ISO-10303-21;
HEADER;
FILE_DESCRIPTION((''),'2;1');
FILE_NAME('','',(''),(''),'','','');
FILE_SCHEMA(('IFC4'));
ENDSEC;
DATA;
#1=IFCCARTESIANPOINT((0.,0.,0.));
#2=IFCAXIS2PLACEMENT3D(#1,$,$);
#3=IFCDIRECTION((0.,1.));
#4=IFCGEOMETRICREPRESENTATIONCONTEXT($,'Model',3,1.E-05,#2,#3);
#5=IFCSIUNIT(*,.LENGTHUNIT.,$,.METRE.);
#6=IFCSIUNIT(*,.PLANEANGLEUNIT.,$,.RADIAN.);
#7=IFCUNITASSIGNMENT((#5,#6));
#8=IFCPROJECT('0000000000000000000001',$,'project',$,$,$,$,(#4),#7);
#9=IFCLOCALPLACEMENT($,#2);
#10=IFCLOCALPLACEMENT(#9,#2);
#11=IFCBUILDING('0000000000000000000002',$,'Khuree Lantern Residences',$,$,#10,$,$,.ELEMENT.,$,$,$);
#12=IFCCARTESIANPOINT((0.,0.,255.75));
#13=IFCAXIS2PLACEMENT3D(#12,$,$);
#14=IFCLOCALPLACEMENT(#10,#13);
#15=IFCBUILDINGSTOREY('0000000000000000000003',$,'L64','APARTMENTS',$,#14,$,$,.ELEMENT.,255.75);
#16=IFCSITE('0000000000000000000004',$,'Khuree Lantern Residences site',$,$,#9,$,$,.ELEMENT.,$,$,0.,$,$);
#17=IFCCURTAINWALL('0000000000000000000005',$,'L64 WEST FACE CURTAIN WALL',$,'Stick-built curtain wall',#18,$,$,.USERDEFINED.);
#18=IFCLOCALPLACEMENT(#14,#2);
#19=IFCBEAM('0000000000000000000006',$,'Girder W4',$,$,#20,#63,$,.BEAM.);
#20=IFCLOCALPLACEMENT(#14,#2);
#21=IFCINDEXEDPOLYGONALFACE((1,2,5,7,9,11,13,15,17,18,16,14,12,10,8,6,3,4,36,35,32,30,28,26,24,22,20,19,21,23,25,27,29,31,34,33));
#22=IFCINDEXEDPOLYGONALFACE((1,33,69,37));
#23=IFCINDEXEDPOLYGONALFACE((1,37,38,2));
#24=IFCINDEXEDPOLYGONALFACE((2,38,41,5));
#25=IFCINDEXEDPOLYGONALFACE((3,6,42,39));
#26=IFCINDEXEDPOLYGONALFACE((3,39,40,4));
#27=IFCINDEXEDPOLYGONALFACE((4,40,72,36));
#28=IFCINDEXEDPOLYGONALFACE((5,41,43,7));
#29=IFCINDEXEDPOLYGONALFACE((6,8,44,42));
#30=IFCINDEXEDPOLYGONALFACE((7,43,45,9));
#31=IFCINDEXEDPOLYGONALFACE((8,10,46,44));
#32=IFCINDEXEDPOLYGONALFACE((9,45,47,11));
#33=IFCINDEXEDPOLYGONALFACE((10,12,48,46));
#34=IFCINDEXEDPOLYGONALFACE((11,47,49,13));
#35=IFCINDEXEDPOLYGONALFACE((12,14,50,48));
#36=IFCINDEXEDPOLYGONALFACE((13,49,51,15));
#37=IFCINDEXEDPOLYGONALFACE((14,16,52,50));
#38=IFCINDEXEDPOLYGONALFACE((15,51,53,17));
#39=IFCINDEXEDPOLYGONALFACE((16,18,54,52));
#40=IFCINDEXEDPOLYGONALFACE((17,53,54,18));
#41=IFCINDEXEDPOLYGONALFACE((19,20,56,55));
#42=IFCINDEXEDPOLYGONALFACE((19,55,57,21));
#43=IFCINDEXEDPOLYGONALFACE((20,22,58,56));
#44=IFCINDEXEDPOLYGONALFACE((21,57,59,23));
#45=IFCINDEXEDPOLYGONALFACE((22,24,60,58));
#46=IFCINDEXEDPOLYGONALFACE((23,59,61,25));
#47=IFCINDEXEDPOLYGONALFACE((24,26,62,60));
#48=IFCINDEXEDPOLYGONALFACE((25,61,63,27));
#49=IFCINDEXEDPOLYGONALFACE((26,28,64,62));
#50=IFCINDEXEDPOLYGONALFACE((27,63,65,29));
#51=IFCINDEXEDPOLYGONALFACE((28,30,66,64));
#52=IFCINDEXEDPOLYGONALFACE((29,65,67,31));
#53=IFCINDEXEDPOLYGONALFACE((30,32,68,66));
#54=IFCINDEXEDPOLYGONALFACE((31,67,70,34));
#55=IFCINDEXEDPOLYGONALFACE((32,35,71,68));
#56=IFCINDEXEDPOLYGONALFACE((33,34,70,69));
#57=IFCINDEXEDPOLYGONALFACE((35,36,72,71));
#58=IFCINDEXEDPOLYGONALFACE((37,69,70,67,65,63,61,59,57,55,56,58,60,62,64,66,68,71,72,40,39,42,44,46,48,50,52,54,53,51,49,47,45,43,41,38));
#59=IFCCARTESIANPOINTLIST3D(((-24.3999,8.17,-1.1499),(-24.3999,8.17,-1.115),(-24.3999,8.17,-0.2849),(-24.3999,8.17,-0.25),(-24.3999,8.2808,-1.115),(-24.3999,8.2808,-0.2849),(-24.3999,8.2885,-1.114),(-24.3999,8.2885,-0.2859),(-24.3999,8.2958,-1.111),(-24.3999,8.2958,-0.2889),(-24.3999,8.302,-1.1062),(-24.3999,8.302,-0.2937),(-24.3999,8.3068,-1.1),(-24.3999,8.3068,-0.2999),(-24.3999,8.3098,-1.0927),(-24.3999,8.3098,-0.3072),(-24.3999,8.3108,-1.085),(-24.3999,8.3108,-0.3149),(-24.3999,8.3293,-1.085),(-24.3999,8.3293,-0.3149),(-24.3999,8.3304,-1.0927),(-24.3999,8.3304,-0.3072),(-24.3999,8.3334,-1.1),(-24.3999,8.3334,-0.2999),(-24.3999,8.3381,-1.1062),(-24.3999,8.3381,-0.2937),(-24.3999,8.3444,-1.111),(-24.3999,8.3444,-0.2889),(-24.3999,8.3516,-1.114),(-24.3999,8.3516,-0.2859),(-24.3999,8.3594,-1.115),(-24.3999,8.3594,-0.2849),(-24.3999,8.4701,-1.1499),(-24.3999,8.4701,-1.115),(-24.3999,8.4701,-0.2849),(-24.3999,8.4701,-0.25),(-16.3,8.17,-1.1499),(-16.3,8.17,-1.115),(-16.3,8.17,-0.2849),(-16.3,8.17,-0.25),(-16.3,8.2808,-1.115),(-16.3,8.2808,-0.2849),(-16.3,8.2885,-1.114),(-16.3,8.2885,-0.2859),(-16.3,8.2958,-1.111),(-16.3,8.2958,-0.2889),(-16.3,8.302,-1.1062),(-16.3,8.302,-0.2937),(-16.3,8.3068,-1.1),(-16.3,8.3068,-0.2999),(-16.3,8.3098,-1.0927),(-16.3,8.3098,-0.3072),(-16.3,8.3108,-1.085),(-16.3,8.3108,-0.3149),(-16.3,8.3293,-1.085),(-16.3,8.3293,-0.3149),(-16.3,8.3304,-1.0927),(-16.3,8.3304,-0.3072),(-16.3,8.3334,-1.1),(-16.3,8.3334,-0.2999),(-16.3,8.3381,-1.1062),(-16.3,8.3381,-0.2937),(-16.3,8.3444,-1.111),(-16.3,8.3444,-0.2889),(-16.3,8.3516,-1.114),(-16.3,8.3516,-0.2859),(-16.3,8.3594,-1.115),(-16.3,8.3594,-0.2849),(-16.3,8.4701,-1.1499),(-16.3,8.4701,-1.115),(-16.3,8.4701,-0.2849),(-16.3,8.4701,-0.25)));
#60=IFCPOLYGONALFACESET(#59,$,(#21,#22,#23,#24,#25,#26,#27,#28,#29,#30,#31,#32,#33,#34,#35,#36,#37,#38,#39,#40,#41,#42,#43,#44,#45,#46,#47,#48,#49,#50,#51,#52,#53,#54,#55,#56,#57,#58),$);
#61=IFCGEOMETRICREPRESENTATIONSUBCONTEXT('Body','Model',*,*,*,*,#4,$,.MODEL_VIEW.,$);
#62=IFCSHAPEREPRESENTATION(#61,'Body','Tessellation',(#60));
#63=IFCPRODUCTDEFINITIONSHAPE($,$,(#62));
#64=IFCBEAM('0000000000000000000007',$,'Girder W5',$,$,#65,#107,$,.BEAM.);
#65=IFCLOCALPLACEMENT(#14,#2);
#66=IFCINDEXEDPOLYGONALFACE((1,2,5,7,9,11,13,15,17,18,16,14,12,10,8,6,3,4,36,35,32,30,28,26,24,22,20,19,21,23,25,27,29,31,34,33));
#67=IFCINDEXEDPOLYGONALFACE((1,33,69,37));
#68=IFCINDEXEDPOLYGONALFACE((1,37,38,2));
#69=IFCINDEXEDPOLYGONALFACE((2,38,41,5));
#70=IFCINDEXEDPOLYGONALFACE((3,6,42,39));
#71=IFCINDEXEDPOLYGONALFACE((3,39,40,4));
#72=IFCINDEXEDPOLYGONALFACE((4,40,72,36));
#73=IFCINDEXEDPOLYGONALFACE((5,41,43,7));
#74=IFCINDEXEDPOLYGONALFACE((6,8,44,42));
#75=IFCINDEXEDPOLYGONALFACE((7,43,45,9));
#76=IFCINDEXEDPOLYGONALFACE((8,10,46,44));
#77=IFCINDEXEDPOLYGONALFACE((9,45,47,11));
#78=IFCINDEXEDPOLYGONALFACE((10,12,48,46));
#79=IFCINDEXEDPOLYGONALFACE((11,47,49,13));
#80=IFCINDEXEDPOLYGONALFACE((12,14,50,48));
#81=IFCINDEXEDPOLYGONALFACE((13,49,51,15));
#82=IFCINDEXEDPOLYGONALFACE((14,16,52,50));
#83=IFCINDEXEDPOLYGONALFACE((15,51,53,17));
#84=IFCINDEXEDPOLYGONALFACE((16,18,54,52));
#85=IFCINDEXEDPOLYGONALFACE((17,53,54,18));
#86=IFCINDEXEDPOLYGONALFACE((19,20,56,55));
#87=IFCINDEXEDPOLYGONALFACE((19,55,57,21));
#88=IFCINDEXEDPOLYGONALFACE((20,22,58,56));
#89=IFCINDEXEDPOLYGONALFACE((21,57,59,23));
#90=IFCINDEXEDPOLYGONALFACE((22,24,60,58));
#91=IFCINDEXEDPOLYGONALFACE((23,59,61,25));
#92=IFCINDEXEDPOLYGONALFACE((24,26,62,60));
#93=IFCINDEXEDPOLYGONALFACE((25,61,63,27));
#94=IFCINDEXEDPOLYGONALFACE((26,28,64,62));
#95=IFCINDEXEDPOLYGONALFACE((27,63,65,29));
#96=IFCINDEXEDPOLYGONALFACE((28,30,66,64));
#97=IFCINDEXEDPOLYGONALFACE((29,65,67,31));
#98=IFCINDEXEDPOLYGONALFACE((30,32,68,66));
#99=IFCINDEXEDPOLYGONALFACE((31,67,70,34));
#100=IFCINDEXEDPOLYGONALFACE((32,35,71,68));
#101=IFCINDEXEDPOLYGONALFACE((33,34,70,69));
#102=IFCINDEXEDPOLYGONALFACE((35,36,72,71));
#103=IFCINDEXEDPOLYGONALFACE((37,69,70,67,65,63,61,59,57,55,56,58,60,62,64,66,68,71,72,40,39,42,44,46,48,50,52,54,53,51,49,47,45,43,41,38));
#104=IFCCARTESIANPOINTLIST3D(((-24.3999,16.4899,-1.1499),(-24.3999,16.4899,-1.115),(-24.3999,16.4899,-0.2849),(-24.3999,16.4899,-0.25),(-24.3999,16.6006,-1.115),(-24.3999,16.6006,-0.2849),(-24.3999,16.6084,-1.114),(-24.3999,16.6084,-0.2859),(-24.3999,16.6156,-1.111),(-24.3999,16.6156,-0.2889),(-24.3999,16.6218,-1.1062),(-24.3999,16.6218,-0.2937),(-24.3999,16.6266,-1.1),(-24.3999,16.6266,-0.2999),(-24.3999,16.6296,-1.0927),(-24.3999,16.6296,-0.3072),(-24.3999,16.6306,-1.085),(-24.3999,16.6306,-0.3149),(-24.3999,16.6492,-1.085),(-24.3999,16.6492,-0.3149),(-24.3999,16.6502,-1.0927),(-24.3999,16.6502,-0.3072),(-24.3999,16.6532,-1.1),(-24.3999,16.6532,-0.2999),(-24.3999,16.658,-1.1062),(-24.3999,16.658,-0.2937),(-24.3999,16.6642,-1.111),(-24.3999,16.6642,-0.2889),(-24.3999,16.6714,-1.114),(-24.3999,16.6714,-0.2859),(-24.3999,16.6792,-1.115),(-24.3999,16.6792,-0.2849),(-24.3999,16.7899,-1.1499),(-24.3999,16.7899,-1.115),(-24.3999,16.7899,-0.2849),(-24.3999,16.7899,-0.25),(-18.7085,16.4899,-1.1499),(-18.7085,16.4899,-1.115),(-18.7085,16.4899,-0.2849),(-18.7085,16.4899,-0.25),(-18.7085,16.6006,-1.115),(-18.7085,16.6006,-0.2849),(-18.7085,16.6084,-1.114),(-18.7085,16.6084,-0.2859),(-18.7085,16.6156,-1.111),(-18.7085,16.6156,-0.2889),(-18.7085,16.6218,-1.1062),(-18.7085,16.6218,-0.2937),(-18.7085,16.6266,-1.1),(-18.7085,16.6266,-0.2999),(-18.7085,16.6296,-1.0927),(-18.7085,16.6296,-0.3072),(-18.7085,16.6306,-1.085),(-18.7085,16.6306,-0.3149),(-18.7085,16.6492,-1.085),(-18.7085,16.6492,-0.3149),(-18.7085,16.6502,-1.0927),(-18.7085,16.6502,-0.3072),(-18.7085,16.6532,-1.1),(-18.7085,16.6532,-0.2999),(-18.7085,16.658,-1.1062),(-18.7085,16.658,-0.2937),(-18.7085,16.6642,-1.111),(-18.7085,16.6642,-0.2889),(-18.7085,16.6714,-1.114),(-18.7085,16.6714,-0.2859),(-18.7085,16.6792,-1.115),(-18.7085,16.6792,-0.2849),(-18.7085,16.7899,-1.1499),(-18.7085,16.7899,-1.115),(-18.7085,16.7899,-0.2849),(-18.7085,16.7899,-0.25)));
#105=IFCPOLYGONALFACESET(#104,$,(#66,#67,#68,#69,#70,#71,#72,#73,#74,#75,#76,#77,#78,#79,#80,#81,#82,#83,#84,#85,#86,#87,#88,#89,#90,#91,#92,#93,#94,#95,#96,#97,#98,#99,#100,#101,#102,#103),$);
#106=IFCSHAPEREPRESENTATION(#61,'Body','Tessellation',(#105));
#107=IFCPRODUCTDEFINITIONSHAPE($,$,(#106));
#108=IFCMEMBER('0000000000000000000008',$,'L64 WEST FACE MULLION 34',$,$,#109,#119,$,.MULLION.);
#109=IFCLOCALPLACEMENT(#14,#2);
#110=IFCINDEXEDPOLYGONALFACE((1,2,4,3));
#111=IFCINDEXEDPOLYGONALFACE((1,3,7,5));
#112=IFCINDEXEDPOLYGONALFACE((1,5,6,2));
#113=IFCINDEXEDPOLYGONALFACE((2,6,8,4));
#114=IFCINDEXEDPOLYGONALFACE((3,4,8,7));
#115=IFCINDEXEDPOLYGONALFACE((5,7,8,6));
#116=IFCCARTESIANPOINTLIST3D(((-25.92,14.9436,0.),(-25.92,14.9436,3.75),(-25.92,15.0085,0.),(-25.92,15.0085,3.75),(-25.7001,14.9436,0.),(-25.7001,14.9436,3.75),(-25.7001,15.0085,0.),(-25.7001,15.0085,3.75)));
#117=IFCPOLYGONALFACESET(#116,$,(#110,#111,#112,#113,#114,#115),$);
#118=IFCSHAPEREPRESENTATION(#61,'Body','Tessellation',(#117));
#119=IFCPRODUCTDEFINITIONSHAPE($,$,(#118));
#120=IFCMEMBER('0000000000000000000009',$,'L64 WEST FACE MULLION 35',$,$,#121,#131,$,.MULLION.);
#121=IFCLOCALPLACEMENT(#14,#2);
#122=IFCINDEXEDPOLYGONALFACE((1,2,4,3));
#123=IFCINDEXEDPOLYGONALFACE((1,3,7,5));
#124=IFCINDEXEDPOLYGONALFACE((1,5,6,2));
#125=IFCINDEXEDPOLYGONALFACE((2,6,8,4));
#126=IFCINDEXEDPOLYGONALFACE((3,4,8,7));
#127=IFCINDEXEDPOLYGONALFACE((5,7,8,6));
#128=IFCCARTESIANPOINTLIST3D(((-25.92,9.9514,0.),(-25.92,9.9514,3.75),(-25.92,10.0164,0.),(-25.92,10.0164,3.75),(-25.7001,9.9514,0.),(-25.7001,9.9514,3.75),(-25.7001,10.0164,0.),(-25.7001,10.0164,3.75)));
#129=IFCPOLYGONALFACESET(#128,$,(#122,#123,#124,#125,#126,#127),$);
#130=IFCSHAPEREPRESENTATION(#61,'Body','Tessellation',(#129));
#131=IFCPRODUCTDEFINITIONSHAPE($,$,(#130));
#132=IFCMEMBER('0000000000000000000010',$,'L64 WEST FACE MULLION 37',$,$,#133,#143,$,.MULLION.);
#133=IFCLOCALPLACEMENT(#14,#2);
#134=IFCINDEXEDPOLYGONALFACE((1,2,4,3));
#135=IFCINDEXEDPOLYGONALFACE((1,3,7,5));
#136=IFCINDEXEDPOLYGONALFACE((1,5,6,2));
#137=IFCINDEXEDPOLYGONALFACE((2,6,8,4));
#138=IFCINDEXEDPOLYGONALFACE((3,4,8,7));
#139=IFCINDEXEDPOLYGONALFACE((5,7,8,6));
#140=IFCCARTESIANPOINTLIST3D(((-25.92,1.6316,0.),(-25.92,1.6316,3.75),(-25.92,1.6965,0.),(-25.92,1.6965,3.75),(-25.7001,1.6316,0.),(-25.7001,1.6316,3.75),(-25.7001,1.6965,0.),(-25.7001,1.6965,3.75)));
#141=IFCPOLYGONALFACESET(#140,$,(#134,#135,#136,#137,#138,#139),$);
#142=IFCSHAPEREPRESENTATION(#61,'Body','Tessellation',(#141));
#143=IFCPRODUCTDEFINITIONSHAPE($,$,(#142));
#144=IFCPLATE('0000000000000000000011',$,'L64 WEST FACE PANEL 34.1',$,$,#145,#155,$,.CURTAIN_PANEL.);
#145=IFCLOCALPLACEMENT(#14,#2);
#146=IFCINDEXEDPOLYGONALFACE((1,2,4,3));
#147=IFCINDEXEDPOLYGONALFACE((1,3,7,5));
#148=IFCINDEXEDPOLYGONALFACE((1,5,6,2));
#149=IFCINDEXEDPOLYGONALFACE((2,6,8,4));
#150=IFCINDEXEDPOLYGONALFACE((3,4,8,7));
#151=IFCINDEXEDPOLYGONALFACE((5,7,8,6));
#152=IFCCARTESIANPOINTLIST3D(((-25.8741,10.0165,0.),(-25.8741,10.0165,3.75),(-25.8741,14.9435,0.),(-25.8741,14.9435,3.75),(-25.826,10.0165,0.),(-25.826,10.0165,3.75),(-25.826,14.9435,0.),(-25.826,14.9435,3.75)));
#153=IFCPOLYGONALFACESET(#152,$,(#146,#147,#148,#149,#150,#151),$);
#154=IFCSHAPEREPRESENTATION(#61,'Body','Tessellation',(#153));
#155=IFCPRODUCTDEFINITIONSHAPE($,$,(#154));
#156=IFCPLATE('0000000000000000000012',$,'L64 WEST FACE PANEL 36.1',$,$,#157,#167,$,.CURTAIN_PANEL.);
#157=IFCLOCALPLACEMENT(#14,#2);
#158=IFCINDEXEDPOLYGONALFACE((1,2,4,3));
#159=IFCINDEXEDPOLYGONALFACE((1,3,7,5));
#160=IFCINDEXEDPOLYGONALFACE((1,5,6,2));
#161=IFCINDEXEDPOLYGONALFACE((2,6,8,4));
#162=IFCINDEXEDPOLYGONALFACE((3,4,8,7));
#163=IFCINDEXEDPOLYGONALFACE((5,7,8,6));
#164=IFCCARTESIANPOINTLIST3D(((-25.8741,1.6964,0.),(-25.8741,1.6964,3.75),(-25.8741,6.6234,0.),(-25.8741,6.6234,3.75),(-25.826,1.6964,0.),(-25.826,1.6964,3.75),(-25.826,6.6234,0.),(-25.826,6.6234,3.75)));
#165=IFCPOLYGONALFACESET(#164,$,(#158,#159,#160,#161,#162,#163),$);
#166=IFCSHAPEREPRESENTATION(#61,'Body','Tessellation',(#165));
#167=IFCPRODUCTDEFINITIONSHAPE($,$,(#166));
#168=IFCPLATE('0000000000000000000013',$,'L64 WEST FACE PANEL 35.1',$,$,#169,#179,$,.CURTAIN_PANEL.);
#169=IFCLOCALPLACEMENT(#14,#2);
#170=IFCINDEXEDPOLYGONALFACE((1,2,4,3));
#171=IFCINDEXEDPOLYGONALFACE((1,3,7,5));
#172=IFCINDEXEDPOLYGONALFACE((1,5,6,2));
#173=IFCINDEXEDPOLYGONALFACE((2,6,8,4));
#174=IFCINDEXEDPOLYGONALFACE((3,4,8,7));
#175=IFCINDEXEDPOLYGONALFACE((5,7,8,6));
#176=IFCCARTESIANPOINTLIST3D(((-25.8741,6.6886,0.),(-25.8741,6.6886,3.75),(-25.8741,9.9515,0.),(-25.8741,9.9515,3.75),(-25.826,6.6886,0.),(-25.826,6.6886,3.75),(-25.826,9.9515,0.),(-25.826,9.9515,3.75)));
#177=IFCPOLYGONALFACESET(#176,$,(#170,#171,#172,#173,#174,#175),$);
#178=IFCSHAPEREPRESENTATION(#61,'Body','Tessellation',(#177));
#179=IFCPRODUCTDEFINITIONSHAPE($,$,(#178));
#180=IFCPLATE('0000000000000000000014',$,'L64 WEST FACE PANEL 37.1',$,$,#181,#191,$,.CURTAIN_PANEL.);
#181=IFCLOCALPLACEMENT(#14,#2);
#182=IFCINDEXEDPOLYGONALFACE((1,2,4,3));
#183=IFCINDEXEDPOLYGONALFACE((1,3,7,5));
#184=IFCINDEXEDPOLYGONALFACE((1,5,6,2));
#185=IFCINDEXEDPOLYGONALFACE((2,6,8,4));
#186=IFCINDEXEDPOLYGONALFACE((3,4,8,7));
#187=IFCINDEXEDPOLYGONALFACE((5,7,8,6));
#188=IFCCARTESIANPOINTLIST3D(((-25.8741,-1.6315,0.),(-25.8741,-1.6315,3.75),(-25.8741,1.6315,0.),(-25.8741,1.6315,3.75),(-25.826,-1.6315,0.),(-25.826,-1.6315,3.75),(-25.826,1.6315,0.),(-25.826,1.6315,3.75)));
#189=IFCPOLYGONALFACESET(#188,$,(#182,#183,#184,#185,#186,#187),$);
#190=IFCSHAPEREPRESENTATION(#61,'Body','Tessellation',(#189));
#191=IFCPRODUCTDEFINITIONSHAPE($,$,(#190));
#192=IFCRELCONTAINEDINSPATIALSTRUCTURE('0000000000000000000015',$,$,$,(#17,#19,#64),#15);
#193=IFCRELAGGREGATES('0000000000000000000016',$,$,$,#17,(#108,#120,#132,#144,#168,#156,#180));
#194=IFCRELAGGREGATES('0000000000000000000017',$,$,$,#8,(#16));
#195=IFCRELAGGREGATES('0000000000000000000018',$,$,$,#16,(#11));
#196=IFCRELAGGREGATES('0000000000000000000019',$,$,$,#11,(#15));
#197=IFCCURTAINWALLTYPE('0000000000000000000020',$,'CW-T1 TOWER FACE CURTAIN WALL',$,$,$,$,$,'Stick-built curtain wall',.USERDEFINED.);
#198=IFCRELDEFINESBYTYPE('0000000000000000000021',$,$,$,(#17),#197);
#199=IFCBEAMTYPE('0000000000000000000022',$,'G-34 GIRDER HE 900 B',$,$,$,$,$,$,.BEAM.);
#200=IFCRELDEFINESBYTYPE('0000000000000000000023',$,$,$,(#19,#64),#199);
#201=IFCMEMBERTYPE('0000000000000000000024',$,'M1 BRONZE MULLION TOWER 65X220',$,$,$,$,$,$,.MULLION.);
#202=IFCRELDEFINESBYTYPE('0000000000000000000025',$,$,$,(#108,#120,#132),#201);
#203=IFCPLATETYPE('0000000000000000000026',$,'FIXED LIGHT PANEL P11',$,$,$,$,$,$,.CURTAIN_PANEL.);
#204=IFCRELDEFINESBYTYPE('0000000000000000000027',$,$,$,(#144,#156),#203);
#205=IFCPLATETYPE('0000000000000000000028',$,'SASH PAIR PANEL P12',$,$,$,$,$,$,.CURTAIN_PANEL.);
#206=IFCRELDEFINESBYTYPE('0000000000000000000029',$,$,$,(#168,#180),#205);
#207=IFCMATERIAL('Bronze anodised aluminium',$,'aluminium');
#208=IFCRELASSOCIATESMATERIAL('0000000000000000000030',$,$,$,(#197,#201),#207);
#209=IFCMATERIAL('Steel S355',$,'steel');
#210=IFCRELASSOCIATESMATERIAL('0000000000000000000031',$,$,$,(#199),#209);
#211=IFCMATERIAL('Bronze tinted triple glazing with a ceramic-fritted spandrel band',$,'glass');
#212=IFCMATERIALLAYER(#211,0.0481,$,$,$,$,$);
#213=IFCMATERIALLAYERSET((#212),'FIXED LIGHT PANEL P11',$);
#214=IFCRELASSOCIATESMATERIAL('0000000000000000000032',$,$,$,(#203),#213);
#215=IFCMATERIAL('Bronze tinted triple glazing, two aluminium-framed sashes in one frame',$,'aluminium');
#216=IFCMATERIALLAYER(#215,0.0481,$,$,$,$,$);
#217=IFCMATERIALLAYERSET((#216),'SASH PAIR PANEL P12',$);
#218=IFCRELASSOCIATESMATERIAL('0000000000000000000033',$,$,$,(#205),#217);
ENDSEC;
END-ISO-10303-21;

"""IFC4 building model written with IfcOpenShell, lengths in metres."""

from ifc_helpers import new_model, si_unit, direction, frame, origin, origin_2d, place, context, subcontext, project, spatial, rectangle, i_section, extrude, material, layer, layer_set, material_profile, profile_set, type_object, element, aggregate, save


model = new_model("IFC4")

# Units and contexts
model_context = context("Model", 3, precision=1e-05, world=origin(), true_north=direction((0.0, 1.0)))
body_context = subcontext(model_context, "Body", "Model", "MODEL_VIEW")
ifc_project = project(units=[si_unit("LENGTHUNIT", "METRE"), si_unit("PLANEANGLEUNIT", "RADIAN")], contexts=[model_context])

# Site, building, storey
site_placement = place(None, origin())
site = spatial("IfcSite", under=ifc_project, at=site_placement, Name="Khuree Lantern Residences site", CompositionType="ELEMENT", RefElevation=0.0)
building_placement = place(site_placement, origin())
building = spatial("IfcBuilding", under=site, at=building_placement, Name="Khuree Lantern Residences", CompositionType="ELEMENT")
storey_placement = place(building_placement, frame((0.0, 0.0, 255.75)))
storey = spatial("IfcBuildingStorey", under=building, at=storey_placement, Name="L64", Description="APARTMENTS", CompositionType="ELEMENT", Elevation=255.75)

# Shared definitions
ifc_material_1 = material(Name="Steel S355", Category="steel")

# Curtain wall
ifc_material_2 = material(Name="Bronze anodised aluminium", Category="aluminium")
curtain_wall_type = type_object("IfcCurtainWallType", Name="CW-T1 TOWER FACE CURTAIN WALL", ElementType="Stick-built curtain wall", PredefinedType="USERDEFINED", material=ifc_material_2)
curtain_wall_placement = place(storey_placement, origin())
curtain_wall = element("IfcCurtainWall", 1, at=curtain_wall_placement, inside=storey, type_object=curtain_wall_type, Name="L64 WEST FACE CURTAIN WALL", ObjectType="Stick-built curtain wall", PredefinedType="USERDEFINED")

# Beams
ifc_material_profile_1 = material_profile(ifc_material_1, i_section(OverallWidth=0.3, OverallDepth=0.8999, WebThickness=0.0186, FlangeThickness=0.0349, FilletRadius=0.03, at=origin_2d()), Name="HE 900 B")
ifc_profile_set_1 = profile_set([ifc_material_profile_1], Name="Steel S355")
beam_type_1 = type_object("IfcBeamType", Name="G-34 GIRDER HE 900 B", PredefinedType="BEAM", material=ifc_profile_set_1)
for number, where, z_axis, x_axis, name in (
    (2, (-24.3999, 8.3201, -0.7), (1.0, 0.0, 0.0), (0.0, 1.0, 0.0), "Girder W4"),
):
    element("IfcBeam", number, at=place(storey_placement, frame(where, z_axis=z_axis, x_axis=x_axis)), inside=storey, type_object=beam_type_1, Name=name, PredefinedType="BEAM", context=body_context, shape_type="SweptSolid", body=[
        extrude(i_section(OverallWidth=0.3, OverallDepth=0.8999, WebThickness=0.0186, FlangeThickness=0.0349, FilletRadius=0.03, at=origin_2d()), origin(), (0.0, 0.0, 1.0), 8.0999),
    ])
beam_1_placement = place(storey_placement, frame((-24.3999, 16.6399, -0.7), z_axis=(1.0, 0.0, 0.0), x_axis=(0.0, 1.0, 0.0)))
element("IfcBeam", 3, at=beam_1_placement, inside=storey, type_object=beam_type_1, Name="Girder W5", PredefinedType="BEAM", context=body_context, shape_type="SweptSolid", body=[
    extrude(i_section(OverallWidth=0.3, OverallDepth=0.8999, WebThickness=0.0186, FlangeThickness=0.0349, FilletRadius=0.03, at=origin_2d()), origin(), (0.0, 0.0, 1.0), 5.6914),
])

# Members
ifc_material_profile_2 = material_profile(ifc_material_2, rectangle(XDim=0.0649, YDim=0.22, at=origin_2d()), Name="M1 65X220")
ifc_profile_set_2 = profile_set([ifc_material_profile_2], Name="Bronze anodised aluminium")
member_type_1 = type_object("IfcMemberType", Name="M1 BRONZE MULLION TOWER 65X220", PredefinedType="MULLION", material=ifc_profile_set_2)
member_1_placement = place(storey_placement, frame((-25.8101, 14.9761, 0.0), z_axis=(0.0, 0.0, 1.0), x_axis=(0.0, -1.0, 0.0)))
member_1 = element("IfcMember", 4, at=member_1_placement, type_object=member_type_1, Name="L64 WEST FACE MULLION 34", PredefinedType="MULLION", context=body_context, shape_type="SweptSolid", body=[
    extrude(rectangle(XDim=0.0649, YDim=0.22, at=origin_2d()), origin(), (0.0, 0.0, 1.0), 3.75),
])
member_2_placement = place(storey_placement, frame((-25.8101, 9.9839, 0.0), z_axis=(0.0, 0.0, 1.0), x_axis=(0.0, -1.0, 0.0)))
member_2 = element("IfcMember", 5, at=member_2_placement, type_object=member_type_1, Name="L64 WEST FACE MULLION 35", PredefinedType="MULLION", context=body_context, shape_type="SweptSolid", body=[
    extrude(rectangle(XDim=0.0649, YDim=0.22, at=origin_2d()), origin(), (0.0, 0.0, 1.0), 3.75),
])
member_3_placement = place(storey_placement, frame((-25.8101, 1.6641, 0.0), z_axis=(0.0, 0.0, 1.0), x_axis=(0.0, -1.0, 0.0)))
member_3 = element("IfcMember", 6, at=member_3_placement, type_object=member_type_1, Name="L64 WEST FACE MULLION 37", PredefinedType="MULLION", context=body_context, shape_type="SweptSolid", body=[
    extrude(rectangle(XDim=0.0649, YDim=0.22, at=origin_2d()), origin(), (0.0, 0.0, 1.0), 3.75),
])

# Plates
ifc_material_3 = material(Name="Bronze tinted triple glazing with a ceramic-fritted spandrel band", Category="glass")
ifc_layer_1 = layer(ifc_material_3, 0.0481)
ifc_layer_set_1 = layer_set([ifc_layer_1], Name="FIXED LIGHT PANEL P11")
plate_type_1 = type_object("IfcPlateType", Name="FIXED LIGHT PANEL P11", PredefinedType="CURTAIN_PANEL", material=ifc_layer_set_1)
plate_1_placement = place(storey_placement, frame((-25.8501, 12.48, 0.0), z_axis=(0.0, 0.0, 1.0), x_axis=(0.0, -1.0, 0.0)))
plate_1 = element("IfcPlate", 7, at=plate_1_placement, type_object=plate_type_1, Name="L64 WEST FACE PANEL 34.1", PredefinedType="CURTAIN_PANEL", context=body_context, shape_type="SweptSolid", body=[
    extrude(rectangle(XDim=4.927, YDim=0.0481, at=origin_2d()), origin(), (0.0, 0.0, 1.0), 3.75),
])
plate_2_placement = place(storey_placement, frame((-25.8501, 4.1599, 0.0), z_axis=(0.0, 0.0, 1.0), x_axis=(0.0, -1.0, 0.0)))
plate_2 = element("IfcPlate", 8, at=plate_2_placement, type_object=plate_type_1, Name="L64 WEST FACE PANEL 36.1", PredefinedType="CURTAIN_PANEL", context=body_context, shape_type="SweptSolid", body=[
    extrude(rectangle(XDim=4.927, YDim=0.0481, at=origin_2d()), origin(), (0.0, 0.0, 1.0), 3.75),
])
ifc_material_4 = material(Name="Bronze tinted triple glazing, two aluminium-framed sashes in one frame", Category="aluminium")
ifc_layer_2 = layer(ifc_material_4, 0.0481)
ifc_layer_set_2 = layer_set([ifc_layer_2], Name="SASH PAIR PANEL P12")
plate_type_2 = type_object("IfcPlateType", Name="SASH PAIR PANEL P12", PredefinedType="CURTAIN_PANEL", material=ifc_layer_set_2)
plate_3_placement = place(storey_placement, frame((-25.8501, 8.3201, 0.0), z_axis=(0.0, 0.0, 1.0), x_axis=(0.0, -1.0, 0.0)))
plate_3 = element("IfcPlate", 9, at=plate_3_placement, type_object=plate_type_2, Name="L64 WEST FACE PANEL 35.1", PredefinedType="CURTAIN_PANEL", context=body_context, shape_type="SweptSolid", body=[
    extrude(rectangle(XDim=3.2629, YDim=0.0481, at=origin_2d()), origin(), (0.0, 0.0, 1.0), 3.75),
])
plate_4_placement = place(storey_placement, frame((-25.8501, 0.0, 0.0), z_axis=(0.0, 0.0, 1.0), x_axis=(0.0, -1.0, 0.0)))
plate_4 = element("IfcPlate", 10, at=plate_4_placement, type_object=plate_type_2, Name="L64 WEST FACE PANEL 37.1", PredefinedType="CURTAIN_PANEL", context=body_context, shape_type="SweptSolid", body=[
    extrude(rectangle(XDim=3.2629, YDim=0.0481, at=origin_2d()), origin(), (0.0, 0.0, 1.0), 3.75),
])
aggregate(curtain_wall, [member_1, member_2, member_3, plate_1, plate_3, plate_2, plate_4])

save(model, "model.ifc")
